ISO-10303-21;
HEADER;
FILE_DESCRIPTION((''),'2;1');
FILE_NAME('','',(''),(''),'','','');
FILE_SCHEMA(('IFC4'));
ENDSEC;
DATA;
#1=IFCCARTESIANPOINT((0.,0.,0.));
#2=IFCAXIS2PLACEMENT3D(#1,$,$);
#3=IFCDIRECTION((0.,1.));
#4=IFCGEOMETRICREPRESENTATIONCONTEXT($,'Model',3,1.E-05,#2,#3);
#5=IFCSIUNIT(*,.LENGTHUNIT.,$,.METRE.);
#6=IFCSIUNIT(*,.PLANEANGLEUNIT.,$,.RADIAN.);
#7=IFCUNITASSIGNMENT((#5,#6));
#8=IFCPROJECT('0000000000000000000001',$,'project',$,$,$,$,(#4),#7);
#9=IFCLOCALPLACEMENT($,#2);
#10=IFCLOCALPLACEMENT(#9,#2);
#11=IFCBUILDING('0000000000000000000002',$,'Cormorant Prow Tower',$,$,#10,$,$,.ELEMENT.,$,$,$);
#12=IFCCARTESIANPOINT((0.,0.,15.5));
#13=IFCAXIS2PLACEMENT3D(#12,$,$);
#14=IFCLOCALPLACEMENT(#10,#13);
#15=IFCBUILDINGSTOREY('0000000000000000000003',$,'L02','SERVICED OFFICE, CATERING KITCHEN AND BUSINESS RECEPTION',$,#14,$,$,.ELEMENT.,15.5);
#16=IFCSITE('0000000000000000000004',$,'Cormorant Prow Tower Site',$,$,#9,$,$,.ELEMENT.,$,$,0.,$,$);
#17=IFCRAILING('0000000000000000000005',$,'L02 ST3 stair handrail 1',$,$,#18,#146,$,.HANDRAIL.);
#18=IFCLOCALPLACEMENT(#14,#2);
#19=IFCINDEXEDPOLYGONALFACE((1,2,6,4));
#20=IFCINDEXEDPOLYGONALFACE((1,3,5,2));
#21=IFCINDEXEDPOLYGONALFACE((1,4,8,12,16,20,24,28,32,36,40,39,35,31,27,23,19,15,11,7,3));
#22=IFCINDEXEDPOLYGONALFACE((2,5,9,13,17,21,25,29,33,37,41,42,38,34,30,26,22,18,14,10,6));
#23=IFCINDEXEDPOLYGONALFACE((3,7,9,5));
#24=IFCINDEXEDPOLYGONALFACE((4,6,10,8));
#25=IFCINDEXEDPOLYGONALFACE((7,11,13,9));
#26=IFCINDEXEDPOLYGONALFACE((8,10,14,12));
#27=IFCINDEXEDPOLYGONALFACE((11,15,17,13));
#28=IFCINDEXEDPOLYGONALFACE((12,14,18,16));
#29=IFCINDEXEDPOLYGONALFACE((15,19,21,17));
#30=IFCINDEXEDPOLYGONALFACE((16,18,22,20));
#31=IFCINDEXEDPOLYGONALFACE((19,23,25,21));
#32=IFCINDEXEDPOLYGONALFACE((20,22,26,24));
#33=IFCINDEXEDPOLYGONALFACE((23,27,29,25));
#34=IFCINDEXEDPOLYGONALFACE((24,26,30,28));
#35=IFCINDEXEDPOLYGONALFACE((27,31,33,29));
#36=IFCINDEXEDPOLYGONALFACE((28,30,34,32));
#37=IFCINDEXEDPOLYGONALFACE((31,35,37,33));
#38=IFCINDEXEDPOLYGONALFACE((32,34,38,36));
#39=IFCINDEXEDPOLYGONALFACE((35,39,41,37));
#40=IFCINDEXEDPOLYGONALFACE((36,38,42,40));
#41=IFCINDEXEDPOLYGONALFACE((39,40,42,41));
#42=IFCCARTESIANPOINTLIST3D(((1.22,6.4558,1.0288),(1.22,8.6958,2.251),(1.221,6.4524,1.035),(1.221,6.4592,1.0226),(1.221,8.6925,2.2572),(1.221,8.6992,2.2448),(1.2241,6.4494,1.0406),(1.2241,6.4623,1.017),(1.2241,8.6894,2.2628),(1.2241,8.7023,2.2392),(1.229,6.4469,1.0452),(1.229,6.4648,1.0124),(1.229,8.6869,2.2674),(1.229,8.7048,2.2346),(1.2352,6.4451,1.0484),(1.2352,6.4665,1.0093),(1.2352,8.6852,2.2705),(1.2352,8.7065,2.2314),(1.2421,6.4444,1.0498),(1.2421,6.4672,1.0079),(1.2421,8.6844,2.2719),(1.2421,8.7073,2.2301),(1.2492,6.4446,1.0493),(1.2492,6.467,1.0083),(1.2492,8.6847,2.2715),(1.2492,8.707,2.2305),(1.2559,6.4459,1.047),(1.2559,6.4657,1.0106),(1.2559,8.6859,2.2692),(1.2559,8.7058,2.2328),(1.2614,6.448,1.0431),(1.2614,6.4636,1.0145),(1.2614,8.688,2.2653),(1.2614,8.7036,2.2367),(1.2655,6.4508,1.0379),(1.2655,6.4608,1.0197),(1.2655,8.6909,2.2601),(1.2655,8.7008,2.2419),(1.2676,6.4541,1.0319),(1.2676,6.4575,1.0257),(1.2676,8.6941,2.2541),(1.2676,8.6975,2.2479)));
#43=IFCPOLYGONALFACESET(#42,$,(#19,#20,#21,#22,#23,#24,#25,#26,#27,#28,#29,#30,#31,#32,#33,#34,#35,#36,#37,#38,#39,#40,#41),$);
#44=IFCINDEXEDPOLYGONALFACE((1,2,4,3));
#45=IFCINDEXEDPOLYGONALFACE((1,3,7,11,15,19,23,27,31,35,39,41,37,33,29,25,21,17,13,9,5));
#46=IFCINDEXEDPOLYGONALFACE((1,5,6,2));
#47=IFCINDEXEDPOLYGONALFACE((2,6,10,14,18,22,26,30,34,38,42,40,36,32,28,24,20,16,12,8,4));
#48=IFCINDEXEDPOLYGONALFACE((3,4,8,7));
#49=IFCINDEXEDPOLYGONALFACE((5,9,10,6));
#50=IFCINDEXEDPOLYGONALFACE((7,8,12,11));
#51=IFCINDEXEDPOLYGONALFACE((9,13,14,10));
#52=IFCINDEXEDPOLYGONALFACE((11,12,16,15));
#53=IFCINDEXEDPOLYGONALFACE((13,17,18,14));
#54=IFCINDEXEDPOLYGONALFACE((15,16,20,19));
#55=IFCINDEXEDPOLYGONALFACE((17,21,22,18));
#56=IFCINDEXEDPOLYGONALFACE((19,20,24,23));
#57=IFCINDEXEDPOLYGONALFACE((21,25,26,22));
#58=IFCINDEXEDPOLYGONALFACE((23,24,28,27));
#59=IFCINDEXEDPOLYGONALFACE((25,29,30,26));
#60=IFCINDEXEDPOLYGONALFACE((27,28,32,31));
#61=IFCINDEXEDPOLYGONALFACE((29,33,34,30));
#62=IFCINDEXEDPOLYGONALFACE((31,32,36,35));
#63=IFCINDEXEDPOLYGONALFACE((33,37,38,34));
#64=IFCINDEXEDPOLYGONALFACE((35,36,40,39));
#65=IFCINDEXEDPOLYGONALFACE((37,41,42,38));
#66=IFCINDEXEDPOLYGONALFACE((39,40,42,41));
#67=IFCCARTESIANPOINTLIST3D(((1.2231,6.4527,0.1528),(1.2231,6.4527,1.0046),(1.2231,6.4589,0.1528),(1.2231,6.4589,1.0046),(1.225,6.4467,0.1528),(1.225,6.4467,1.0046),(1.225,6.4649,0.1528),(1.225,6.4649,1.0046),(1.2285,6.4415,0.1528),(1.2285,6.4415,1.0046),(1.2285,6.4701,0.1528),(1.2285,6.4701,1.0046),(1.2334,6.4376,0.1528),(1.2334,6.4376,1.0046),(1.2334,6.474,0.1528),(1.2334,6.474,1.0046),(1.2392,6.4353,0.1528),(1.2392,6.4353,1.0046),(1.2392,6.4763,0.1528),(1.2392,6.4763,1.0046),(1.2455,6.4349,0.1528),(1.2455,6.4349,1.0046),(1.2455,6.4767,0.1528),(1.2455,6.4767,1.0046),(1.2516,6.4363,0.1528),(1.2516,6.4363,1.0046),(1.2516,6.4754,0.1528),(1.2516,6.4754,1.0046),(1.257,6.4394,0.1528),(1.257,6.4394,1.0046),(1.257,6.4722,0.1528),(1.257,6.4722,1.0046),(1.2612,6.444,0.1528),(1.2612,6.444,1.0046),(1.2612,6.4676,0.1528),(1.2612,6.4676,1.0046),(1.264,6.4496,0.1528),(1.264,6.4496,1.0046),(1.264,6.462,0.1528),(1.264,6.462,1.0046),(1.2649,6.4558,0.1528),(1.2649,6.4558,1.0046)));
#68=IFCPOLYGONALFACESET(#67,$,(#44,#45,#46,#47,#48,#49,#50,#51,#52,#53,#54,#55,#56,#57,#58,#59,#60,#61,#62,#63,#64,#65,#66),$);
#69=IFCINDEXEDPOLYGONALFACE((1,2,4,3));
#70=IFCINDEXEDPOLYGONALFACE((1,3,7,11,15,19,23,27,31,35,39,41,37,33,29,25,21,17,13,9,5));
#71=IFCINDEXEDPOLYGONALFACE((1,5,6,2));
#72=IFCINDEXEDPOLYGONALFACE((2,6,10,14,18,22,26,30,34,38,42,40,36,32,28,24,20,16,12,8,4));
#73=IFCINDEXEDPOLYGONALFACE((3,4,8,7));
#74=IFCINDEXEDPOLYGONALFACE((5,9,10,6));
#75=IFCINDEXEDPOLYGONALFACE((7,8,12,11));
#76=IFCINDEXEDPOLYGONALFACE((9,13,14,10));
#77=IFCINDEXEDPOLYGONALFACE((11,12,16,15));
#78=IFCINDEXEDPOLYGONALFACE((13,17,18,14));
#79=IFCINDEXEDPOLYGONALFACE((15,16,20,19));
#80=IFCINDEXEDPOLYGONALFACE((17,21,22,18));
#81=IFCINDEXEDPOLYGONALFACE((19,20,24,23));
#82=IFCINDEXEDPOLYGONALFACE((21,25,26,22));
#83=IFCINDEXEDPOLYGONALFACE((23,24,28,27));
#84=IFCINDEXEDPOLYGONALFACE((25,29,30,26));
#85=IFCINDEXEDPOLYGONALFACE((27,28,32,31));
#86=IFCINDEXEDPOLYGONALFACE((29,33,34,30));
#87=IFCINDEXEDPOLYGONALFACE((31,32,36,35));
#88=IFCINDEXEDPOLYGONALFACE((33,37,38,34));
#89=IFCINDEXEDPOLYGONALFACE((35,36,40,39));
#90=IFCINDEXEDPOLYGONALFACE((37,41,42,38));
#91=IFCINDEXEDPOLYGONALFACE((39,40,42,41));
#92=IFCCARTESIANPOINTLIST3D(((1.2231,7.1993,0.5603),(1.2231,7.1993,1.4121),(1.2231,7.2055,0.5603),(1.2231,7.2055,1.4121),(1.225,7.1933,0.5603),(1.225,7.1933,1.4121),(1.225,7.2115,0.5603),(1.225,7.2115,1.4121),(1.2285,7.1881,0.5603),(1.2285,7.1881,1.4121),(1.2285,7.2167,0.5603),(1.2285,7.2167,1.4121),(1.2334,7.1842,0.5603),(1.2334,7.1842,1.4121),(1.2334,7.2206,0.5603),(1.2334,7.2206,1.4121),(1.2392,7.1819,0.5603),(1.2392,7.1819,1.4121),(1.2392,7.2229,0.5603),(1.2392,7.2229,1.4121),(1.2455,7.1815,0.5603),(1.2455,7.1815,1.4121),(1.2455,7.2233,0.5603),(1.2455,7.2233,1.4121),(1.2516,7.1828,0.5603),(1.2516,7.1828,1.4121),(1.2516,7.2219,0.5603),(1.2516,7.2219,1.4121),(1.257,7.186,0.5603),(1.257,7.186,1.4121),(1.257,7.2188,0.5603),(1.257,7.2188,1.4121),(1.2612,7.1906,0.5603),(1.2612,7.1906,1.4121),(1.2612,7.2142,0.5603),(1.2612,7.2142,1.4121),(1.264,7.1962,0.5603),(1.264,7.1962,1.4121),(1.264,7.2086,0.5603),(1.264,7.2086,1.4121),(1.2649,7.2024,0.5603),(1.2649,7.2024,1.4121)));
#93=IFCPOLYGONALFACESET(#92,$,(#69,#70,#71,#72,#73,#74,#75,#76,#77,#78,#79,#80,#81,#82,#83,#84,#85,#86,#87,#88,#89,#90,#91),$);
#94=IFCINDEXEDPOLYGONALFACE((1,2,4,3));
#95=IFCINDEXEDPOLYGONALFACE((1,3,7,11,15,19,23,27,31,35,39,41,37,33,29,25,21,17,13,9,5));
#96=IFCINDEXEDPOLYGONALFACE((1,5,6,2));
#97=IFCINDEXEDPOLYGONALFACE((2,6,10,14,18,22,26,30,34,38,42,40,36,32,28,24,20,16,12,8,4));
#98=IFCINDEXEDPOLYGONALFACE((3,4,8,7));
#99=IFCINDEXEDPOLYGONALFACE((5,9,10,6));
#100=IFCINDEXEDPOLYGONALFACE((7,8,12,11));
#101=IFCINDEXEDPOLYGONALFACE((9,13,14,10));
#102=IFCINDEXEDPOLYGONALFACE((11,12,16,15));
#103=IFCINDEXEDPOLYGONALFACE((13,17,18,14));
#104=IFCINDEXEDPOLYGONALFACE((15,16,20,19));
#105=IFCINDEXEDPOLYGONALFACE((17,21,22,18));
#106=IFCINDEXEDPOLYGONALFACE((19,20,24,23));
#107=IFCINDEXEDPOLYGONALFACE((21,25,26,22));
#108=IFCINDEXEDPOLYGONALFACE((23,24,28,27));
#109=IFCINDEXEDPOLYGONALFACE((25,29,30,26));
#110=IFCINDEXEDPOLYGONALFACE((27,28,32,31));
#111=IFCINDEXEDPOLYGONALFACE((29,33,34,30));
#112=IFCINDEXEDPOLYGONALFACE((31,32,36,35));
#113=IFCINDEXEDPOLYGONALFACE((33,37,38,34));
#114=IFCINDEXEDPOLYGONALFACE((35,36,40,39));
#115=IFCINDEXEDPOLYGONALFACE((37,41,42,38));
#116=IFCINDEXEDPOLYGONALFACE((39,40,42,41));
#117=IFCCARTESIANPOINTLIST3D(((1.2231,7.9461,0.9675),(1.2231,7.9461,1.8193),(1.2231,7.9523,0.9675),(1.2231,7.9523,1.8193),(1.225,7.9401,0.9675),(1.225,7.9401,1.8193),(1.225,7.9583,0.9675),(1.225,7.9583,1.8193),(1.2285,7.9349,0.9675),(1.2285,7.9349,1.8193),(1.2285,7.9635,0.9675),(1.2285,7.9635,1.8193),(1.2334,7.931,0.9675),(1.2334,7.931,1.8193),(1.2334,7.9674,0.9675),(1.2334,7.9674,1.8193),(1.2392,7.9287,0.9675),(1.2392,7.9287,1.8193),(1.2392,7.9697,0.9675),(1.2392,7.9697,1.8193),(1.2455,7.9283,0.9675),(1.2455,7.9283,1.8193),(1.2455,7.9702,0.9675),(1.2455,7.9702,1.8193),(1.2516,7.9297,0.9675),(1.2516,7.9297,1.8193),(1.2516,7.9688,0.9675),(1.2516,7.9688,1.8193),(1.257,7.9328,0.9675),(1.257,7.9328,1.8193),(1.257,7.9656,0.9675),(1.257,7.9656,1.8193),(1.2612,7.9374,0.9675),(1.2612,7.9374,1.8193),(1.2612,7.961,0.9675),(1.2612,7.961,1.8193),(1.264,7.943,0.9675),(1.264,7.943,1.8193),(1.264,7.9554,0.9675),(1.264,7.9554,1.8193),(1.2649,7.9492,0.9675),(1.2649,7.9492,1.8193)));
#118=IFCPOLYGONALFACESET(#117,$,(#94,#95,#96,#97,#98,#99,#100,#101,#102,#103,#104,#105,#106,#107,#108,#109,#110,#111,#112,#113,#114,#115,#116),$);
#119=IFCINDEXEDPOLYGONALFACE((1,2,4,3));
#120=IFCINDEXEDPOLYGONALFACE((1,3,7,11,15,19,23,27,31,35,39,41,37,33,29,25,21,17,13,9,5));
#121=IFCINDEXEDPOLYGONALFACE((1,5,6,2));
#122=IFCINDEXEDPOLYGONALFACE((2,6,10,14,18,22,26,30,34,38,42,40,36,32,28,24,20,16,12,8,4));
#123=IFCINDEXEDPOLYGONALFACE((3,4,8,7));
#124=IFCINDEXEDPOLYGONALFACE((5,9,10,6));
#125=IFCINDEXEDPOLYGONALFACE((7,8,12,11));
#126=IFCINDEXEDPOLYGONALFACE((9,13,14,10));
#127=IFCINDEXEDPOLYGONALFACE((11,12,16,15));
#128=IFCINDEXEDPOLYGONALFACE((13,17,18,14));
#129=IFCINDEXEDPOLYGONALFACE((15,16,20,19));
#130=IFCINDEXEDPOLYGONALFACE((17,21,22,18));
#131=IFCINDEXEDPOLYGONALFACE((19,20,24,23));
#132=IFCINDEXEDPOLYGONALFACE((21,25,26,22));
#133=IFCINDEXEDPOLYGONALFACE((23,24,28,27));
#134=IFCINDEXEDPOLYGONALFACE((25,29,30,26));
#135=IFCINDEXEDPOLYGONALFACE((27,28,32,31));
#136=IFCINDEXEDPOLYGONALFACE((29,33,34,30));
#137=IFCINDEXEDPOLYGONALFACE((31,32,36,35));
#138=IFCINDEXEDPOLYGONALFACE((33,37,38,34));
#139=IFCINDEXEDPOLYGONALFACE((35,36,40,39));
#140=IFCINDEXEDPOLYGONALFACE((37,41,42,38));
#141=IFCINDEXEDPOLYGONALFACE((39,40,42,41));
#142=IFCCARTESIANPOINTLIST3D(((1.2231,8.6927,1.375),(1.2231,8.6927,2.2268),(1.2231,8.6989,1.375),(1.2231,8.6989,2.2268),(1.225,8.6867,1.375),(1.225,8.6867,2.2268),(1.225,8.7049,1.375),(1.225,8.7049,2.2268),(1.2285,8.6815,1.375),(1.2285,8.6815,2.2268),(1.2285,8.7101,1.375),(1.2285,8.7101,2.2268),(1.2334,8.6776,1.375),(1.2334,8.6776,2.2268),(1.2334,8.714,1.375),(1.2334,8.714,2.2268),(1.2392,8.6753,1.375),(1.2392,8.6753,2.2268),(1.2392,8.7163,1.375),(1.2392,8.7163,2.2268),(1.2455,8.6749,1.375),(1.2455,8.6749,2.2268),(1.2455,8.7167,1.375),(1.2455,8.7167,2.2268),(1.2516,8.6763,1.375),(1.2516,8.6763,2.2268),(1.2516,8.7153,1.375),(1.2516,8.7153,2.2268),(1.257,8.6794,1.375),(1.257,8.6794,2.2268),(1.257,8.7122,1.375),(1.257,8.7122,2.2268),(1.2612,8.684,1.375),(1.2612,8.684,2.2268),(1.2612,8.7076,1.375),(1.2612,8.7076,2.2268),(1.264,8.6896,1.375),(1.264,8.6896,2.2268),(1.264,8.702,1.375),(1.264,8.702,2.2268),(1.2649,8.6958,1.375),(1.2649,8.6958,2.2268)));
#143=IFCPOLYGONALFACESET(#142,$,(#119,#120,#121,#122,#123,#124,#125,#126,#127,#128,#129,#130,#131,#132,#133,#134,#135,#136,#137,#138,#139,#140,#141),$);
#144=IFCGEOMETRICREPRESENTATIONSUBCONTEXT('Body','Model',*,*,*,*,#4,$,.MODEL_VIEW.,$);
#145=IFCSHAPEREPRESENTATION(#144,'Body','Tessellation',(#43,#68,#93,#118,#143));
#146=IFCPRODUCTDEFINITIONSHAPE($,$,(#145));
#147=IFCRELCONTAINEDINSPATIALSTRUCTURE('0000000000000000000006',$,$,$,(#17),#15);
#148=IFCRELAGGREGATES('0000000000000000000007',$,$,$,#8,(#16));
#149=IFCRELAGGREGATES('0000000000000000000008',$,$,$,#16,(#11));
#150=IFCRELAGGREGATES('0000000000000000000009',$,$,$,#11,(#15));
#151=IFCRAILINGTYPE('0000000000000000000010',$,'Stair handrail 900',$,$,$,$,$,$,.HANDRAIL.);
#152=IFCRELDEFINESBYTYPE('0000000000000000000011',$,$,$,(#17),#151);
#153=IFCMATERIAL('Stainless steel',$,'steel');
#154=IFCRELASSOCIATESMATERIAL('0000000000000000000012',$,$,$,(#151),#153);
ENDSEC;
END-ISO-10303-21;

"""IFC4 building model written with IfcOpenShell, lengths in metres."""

from ifc_helpers import new_model, si_unit, direction, frame, origin, origin_2d, place, context, subcontext, project, spatial, circle, extrude, material, type_object, element, save


model = new_model("IFC4")

# Units and contexts
model_context = context("Model", 3, precision=1e-05, world=origin(), true_north=direction((0.0, 1.0)))
body_context = subcontext(model_context, "Body", "Model", "MODEL_VIEW")
ifc_project = project(units=[si_unit("LENGTHUNIT", "METRE"), si_unit("PLANEANGLEUNIT", "RADIAN")], contexts=[model_context])

# Site, building, storey
site_placement = place(None, origin())
site = spatial("IfcSite", under=ifc_project, at=site_placement, Name="Cormorant Prow Tower Site", CompositionType="ELEMENT", RefElevation=0.0)
building_placement = place(site_placement, origin())
building = spatial("IfcBuilding", under=site, at=building_placement, Name="Cormorant Prow Tower", CompositionType="ELEMENT")
storey_placement = place(building_placement, frame((0.0, 0.0, 15.5)))
storey = spatial("IfcBuildingStorey", under=building, at=storey_placement, Name="L02", Description="SERVICED OFFICE, CATERING KITCHEN AND BUSINESS RECEPTION", CompositionType="ELEMENT", Elevation=15.5)

# Railing
ifc_material_1 = material(Name="Stainless steel", Category="steel")
railing_type = type_object("IfcRailingType", Name="Stair handrail 900", PredefinedType="HANDRAIL", material=ifc_material_1)
for number, where, name in (
    (1, (1.2439, 6.4558, 0.1528), "L02 ST3 stair handrail 1"),
):
    element("IfcRailing", number, at=place(storey_placement, frame(where)), inside=storey, type_object=railing_type, Name=name, PredefinedType="HANDRAIL", context=body_context, shape_type="SweptSolid", body=[
        extrude(circle(Radius=0.0239, at=origin_2d()), frame((0.0, 0.0, 0.876), z_axis=(0.0, 0.877837, 0.478959), x_axis=(-1.0, 0.0, 0.0)), (0.0, 0.0, 1.0), 2.5518),
        extrude(circle(Radius=0.021, at=origin_2d()), origin(), (0.0, 0.0, 1.0), 0.8518),
        extrude(circle(Radius=0.021, at=origin_2d()), frame((0.0, 0.7466, 0.4075)), (0.0, 0.0, 1.0), 0.8518),
        extrude(circle(Radius=0.021, at=origin_2d()), frame((0.0, 1.4934, 0.8147)), (0.0, 0.0, 1.0), 0.8518),
        extrude(circle(Radius=0.021, at=origin_2d()), frame((0.0, 2.24, 1.2222)), (0.0, 0.0, 1.0), 0.8518),
    ])

save(model, "model.ifc")
